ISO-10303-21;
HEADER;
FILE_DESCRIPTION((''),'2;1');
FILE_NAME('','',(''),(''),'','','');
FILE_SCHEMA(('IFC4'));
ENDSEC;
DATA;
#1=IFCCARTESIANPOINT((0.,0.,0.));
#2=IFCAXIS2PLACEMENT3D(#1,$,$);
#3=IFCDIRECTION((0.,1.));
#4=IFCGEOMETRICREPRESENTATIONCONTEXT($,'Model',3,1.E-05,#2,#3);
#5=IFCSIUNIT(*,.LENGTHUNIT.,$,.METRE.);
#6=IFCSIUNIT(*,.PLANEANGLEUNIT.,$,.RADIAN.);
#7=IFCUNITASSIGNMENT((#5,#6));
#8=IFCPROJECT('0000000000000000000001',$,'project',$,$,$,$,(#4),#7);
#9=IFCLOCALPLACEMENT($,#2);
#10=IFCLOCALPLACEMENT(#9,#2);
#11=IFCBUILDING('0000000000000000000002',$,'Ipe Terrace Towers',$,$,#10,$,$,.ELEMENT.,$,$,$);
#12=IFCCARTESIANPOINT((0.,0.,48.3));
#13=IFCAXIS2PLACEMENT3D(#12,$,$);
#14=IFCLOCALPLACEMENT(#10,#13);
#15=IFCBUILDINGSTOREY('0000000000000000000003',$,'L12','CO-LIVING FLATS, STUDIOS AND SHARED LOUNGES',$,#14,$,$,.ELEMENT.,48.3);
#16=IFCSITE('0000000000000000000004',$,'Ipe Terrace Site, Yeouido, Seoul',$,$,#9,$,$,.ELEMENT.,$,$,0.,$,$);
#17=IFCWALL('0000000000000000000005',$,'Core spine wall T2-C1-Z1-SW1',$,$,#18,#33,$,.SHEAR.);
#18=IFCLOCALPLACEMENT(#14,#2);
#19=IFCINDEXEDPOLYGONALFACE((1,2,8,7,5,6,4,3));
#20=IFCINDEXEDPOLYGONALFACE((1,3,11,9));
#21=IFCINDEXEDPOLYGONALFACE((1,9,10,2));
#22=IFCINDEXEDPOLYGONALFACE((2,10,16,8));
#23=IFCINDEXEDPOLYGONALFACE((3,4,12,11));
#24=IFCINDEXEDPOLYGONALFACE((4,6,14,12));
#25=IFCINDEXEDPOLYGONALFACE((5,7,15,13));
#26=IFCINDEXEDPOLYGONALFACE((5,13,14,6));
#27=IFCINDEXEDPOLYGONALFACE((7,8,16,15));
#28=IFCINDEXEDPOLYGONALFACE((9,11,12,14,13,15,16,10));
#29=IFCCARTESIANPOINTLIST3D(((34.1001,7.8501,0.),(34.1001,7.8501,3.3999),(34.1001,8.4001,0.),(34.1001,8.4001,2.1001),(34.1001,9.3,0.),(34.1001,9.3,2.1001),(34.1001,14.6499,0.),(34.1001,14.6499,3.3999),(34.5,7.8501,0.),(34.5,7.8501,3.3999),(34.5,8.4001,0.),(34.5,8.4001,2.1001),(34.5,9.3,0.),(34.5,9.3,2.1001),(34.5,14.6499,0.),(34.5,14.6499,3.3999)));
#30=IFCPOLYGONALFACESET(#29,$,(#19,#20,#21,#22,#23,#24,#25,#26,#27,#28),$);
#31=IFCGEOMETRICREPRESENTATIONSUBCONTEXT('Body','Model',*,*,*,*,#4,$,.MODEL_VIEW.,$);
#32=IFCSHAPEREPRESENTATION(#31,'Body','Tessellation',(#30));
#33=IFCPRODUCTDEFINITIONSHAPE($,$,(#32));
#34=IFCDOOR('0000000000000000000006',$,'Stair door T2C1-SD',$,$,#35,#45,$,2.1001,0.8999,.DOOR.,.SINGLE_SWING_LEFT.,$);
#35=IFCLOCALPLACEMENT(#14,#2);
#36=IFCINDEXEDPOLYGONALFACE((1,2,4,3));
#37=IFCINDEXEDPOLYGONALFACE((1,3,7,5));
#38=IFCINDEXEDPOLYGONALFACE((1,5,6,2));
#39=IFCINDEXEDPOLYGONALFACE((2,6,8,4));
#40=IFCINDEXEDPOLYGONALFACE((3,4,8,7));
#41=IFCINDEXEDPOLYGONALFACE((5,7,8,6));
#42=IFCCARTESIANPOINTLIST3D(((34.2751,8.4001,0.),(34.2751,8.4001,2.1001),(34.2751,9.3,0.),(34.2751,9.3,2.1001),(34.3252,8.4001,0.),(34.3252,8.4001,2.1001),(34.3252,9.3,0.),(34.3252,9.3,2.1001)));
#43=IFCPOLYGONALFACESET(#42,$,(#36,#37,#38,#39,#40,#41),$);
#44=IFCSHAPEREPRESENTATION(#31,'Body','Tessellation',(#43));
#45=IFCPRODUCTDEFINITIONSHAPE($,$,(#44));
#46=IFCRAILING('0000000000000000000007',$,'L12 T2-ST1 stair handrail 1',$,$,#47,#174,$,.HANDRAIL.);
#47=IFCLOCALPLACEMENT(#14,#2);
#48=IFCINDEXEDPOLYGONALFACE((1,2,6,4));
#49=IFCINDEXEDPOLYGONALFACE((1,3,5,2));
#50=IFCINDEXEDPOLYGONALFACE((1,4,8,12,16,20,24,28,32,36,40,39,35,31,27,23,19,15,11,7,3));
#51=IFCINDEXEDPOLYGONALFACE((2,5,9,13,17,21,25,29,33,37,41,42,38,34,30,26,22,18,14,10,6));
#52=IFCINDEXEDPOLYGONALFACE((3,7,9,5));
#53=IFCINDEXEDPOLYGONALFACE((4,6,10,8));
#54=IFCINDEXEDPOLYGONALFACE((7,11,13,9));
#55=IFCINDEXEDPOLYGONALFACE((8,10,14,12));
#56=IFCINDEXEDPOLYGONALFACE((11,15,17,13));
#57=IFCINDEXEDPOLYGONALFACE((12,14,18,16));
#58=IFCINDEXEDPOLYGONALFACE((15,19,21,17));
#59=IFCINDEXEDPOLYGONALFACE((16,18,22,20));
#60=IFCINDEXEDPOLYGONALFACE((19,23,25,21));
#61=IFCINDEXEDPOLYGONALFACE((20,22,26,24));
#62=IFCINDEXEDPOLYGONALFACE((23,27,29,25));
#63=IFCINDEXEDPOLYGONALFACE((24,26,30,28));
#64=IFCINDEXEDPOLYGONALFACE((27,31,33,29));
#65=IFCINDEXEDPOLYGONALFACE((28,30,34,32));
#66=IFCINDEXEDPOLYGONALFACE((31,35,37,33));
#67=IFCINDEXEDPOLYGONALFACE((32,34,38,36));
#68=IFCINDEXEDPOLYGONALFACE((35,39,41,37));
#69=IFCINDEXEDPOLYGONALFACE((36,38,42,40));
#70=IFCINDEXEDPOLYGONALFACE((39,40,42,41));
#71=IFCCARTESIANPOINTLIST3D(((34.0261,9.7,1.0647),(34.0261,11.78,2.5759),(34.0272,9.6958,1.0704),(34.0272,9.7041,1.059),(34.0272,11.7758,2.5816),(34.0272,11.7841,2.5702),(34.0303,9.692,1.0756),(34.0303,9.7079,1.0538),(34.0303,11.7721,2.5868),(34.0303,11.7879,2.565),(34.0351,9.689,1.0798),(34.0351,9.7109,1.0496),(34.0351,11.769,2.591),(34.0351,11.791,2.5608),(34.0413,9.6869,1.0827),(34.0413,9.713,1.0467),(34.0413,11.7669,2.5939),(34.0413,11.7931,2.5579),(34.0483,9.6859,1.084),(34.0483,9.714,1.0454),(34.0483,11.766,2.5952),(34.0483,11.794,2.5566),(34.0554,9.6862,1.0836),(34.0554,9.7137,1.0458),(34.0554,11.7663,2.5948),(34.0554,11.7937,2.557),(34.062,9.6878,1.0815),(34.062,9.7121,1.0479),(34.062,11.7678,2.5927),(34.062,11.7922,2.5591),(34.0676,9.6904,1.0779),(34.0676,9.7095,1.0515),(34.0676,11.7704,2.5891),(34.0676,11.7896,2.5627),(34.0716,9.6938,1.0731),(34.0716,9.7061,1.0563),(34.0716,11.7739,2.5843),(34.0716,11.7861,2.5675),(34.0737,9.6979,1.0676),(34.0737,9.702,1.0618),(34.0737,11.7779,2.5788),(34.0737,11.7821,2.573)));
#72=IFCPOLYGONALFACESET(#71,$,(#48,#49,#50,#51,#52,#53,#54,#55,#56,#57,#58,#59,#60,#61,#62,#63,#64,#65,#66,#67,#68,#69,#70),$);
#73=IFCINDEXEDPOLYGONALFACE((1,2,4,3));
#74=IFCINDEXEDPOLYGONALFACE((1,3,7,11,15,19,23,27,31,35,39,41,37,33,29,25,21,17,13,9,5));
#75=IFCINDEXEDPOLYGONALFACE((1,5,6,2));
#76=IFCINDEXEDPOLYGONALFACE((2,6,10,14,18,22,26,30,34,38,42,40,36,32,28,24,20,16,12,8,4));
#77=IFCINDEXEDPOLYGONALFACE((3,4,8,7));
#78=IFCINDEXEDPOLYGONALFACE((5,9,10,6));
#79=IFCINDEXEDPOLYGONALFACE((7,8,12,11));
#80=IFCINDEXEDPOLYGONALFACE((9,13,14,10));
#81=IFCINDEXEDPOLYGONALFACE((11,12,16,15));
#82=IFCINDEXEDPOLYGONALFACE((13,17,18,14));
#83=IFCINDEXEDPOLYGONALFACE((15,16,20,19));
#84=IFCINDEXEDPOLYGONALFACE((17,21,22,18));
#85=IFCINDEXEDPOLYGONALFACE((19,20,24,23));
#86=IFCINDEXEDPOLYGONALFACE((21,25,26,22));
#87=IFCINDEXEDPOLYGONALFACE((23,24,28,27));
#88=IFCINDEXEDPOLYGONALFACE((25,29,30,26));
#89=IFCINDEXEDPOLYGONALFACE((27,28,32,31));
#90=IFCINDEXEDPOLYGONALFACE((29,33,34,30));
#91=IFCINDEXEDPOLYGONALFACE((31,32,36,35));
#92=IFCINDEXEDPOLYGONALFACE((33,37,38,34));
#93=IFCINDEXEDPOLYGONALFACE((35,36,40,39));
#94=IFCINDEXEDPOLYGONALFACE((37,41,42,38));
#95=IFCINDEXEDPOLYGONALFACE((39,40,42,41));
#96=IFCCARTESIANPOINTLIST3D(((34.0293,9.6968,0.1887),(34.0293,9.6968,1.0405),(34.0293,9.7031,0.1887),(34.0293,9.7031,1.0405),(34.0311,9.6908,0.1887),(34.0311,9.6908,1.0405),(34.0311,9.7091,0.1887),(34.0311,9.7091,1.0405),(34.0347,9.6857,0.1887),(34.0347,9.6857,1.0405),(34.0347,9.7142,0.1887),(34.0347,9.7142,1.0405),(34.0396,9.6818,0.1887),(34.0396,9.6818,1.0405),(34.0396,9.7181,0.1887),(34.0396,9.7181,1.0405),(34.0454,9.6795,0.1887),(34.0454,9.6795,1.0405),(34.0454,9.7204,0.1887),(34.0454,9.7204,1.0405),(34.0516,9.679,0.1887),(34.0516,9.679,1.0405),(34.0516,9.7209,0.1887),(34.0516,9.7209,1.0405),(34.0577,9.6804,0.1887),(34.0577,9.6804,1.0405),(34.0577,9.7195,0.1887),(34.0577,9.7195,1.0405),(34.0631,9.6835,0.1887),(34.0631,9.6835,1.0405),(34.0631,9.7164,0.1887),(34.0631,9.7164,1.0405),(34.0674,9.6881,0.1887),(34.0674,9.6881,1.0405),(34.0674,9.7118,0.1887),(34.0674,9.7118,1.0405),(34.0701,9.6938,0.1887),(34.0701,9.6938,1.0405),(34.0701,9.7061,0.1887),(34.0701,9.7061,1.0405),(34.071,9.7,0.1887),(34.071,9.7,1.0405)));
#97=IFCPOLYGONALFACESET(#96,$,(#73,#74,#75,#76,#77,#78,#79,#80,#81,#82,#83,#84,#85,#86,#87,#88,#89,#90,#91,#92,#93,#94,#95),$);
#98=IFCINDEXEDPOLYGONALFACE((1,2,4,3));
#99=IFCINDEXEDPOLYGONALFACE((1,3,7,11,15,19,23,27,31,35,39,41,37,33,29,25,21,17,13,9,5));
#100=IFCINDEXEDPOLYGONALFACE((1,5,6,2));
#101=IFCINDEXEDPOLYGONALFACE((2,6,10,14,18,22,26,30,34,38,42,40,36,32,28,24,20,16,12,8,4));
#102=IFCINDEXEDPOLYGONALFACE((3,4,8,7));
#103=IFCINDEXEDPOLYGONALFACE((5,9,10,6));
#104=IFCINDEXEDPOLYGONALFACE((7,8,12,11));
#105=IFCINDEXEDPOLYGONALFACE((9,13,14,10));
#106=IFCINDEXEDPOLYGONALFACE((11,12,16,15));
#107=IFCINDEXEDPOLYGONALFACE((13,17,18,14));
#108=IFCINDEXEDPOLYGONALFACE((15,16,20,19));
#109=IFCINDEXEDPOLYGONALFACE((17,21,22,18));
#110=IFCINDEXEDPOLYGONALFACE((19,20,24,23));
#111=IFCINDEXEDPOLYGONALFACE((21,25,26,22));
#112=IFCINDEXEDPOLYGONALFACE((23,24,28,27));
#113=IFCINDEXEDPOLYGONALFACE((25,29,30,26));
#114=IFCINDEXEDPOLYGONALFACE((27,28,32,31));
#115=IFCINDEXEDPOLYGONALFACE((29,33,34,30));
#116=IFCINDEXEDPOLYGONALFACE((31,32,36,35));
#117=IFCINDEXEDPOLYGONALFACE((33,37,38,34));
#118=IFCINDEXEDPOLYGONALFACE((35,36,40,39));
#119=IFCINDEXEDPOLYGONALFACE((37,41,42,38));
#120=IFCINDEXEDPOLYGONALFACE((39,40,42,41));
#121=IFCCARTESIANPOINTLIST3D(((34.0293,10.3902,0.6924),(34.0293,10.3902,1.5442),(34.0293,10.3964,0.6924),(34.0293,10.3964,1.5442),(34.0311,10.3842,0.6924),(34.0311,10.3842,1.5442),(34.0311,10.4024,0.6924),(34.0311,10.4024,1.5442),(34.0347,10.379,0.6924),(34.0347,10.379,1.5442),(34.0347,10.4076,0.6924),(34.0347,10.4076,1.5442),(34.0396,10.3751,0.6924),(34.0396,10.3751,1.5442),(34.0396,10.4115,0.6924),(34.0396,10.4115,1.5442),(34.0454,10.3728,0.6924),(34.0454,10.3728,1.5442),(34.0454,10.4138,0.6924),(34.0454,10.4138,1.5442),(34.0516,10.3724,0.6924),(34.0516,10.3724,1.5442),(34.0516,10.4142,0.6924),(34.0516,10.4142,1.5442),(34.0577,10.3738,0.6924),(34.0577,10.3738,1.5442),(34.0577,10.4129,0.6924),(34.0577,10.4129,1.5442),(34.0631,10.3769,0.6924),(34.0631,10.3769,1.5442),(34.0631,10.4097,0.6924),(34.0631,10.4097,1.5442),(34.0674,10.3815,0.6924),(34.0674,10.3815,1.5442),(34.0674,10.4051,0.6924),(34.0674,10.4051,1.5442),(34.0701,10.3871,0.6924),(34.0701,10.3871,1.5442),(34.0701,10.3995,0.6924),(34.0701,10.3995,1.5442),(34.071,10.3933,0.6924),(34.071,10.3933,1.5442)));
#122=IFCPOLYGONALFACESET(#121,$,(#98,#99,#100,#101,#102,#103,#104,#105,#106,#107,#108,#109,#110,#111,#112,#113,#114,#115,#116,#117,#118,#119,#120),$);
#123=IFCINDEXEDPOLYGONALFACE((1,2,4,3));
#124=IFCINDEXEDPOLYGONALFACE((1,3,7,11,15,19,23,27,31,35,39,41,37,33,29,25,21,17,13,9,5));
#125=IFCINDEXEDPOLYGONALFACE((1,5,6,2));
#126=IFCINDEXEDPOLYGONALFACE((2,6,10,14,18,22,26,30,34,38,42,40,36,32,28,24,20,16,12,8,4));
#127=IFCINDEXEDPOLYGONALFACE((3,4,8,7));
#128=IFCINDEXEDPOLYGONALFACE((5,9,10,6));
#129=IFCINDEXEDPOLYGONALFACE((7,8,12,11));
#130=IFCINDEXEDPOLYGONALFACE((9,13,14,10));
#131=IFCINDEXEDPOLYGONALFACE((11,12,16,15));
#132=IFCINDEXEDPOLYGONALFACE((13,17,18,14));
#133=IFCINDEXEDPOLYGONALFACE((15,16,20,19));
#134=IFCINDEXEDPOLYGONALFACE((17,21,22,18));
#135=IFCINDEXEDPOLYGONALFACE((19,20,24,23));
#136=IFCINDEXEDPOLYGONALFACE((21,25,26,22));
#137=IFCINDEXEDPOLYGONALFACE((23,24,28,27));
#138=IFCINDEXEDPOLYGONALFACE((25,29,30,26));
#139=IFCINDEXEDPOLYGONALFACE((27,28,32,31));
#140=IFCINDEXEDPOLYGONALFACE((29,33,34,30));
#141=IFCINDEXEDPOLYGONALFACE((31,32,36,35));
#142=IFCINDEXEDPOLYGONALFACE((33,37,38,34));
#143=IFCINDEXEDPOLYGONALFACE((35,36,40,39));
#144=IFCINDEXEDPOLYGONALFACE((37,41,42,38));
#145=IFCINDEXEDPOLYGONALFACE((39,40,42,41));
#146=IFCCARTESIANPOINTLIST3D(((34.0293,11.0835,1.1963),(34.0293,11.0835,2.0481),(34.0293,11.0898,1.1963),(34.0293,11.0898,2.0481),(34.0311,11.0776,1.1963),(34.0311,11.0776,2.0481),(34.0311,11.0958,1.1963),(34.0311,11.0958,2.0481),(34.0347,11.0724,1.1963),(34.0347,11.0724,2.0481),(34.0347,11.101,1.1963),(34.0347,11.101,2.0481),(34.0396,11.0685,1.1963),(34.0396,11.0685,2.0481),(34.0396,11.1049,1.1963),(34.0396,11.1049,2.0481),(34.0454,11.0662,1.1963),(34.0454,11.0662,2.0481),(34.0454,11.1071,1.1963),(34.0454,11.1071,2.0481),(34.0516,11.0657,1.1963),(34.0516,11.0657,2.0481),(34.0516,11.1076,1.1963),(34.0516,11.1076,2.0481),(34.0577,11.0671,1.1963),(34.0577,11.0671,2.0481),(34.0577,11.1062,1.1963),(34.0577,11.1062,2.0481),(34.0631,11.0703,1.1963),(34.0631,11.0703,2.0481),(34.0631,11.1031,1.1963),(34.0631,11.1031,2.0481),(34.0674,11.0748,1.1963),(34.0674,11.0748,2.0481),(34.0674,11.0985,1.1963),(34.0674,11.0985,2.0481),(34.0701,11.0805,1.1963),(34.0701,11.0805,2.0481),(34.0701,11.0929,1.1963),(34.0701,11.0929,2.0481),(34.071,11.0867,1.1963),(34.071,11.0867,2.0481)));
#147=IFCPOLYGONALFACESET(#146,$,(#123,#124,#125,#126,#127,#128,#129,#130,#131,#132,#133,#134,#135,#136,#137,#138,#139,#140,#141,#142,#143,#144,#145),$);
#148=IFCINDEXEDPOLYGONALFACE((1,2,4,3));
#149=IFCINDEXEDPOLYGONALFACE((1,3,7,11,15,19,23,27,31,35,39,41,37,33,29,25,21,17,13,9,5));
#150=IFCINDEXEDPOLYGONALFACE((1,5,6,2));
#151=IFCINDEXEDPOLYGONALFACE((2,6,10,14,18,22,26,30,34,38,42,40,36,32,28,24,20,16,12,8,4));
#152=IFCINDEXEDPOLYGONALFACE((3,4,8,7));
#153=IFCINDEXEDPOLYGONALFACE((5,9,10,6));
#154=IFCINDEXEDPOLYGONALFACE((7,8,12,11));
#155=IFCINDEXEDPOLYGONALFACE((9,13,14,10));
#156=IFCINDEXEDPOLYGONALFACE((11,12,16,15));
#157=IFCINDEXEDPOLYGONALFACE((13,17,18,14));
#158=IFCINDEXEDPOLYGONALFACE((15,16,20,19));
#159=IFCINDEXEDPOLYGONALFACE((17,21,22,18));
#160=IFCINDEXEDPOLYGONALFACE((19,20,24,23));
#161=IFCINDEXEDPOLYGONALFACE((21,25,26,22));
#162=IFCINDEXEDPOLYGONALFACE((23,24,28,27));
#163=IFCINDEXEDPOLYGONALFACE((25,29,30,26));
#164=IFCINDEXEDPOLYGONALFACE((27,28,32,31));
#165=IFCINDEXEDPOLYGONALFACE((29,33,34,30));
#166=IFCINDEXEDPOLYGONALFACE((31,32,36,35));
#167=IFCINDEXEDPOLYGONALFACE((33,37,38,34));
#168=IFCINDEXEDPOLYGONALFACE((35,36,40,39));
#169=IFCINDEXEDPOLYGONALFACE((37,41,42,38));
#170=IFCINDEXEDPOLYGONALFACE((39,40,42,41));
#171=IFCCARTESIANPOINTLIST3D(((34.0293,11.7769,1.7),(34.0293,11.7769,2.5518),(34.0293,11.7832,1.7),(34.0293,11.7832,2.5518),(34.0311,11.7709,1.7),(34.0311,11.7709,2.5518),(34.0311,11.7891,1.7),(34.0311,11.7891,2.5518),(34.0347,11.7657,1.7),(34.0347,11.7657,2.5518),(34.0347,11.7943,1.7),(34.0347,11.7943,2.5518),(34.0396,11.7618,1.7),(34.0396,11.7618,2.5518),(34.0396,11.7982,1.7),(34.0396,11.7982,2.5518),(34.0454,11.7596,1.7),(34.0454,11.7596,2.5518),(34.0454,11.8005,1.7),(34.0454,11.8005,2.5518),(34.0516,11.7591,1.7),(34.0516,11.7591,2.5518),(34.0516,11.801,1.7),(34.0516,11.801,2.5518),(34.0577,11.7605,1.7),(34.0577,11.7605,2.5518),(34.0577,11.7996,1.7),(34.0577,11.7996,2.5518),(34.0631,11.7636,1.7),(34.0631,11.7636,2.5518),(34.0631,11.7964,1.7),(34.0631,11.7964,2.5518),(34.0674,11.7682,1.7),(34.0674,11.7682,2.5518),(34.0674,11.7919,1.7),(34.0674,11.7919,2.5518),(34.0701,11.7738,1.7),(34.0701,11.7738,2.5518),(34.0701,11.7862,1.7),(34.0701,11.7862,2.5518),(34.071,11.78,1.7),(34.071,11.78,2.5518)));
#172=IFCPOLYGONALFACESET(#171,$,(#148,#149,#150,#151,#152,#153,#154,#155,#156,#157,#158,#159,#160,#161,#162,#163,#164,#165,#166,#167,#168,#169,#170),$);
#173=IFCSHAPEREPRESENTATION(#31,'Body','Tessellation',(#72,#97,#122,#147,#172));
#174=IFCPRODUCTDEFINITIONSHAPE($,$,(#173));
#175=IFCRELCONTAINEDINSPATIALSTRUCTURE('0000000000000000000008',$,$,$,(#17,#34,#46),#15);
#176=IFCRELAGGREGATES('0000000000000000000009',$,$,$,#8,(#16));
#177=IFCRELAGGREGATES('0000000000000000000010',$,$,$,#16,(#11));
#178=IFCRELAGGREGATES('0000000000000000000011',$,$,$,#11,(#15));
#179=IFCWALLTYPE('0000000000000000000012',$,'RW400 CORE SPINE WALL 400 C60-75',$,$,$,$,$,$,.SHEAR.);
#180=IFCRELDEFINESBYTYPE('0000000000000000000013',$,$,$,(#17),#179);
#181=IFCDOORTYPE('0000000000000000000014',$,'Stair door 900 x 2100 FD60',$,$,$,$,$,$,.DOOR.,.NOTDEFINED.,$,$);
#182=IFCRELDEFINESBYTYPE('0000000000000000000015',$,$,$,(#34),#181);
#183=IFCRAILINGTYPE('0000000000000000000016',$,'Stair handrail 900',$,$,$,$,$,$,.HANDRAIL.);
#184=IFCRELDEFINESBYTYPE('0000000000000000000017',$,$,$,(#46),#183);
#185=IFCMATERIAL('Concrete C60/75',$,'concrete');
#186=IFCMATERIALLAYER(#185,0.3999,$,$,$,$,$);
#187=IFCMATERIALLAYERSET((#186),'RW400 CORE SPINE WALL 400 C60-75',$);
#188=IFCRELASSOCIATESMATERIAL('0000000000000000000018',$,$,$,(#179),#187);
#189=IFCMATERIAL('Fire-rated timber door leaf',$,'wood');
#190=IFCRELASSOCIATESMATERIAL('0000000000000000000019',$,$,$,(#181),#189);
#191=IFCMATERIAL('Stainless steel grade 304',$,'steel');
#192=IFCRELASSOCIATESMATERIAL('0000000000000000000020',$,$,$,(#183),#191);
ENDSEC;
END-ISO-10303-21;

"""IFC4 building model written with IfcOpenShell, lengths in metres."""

from ifc_helpers import new_model, si_unit, direction, frame, frame_2d, origin, origin_2d, place, context, subcontext, project, spatial, rectangle, circle, extrude, material, layer, layer_set, type_object, element, fill, save


model = new_model("IFC4")

# Units and contexts
model_context = context("Model", 3, precision=1e-05, world=origin(), true_north=direction((0.0, 1.0)))
body_context = subcontext(model_context, "Body", "Model", "MODEL_VIEW")
ifc_project = project(units=[si_unit("LENGTHUNIT", "METRE"), si_unit("PLANEANGLEUNIT", "RADIAN")], contexts=[model_context])

# Site, building, storey
site_placement = place(None, origin())
site = spatial("IfcSite", under=ifc_project, at=site_placement, Name="Ipe Terrace Site, Yeouido, Seoul", CompositionType="ELEMENT", RefElevation=0.0)
building_placement = place(site_placement, origin())
building = spatial("IfcBuilding", under=site, at=building_placement, Name="Ipe Terrace Towers", CompositionType="ELEMENT")
storey_placement = place(building_placement, frame((0.0, 0.0, 48.3)))
storey = spatial("IfcBuildingStorey", under=building, at=storey_placement, Name="L12", Description="CO-LIVING FLATS, STUDIOS AND SHARED LOUNGES", CompositionType="ELEMENT", Elevation=48.3)

# Wall, opening, door
ifc_material_1 = material(Name="Concrete C60/75", Category="concrete")
ifc_layer_1 = layer(ifc_material_1, 0.3999)
ifc_layer_set_1 = layer_set([ifc_layer_1], Name="RW400 CORE SPINE WALL 400 C60-75")
wall_type_1 = type_object("IfcWallType", Name="RW400 CORE SPINE WALL 400 C60-75", PredefinedType="SHEAR", material=ifc_layer_set_1)
wall_1_placement = place(storey_placement, frame((34.3, 7.8501, 0.0), z_axis=(0.0, 0.0, 1.0), x_axis=(0.0, 1.0, 0.0)))
wall_1 = element("IfcWall", 1, at=wall_1_placement, inside=storey, type_object=wall_type_1, Name="Core spine wall T2-C1-Z1-SW1", PredefinedType="SHEAR", context=body_context, shape_type="SweptSolid", body=[
    extrude(rectangle(XDim=6.7998, YDim=0.3999, at=frame_2d((3.3999, 0.0))), origin(), (0.0, 0.0, 1.0), 3.3999),
])
opening_1_placement = place(wall_1_placement, frame((0.55, 0.0, 0.0)))
opening_1 = element("IfcOpeningElement", 2, at=opening_1_placement, cuts=wall_1, PredefinedType="OPENING", context=body_context, shape_type="SweptSolid", body=[
    extrude(rectangle(XDim=0.8999, YDim=2.1001, at=frame_2d((0.45, 1.05))), frame((0.0, 0.21, 0.0), z_axis=(0.0, -1.0, 0.0), x_axis=(1.0, 0.0, 0.0)), (0.0, 0.0, 1.0), 0.4199),
])
ifc_material_2 = material(Name="Fire-rated timber door leaf", Category="wood")
door_type_1 = type_object("IfcDoorType", Name="Stair door 900 x 2100 FD60", OperationType="NOTDEFINED", PredefinedType="DOOR", material=ifc_material_2)
door_1_placement = place(opening_1_placement, origin())
door_1 = element("IfcDoor", 3, at=door_1_placement, inside=storey, type_object=door_type_1, Name="Stair door T2C1-SD", OperationType="SINGLE_SWING_LEFT", OverallHeight=2.1001, OverallWidth=0.8999, PredefinedType="DOOR", context=body_context, shape_type="SweptSolid", body=[
    extrude(rectangle(XDim=0.8999, YDim=2.1001, at=frame_2d((0.45, 1.05))), frame((0.0, 0.0249, 0.0), z_axis=(0.0, -1.0, 0.0), x_axis=(1.0, 0.0, 0.0)), (0.0, 0.0, 1.0), 0.05),
])
fill(opening_1, door_1)

# Railing
ifc_material_3 = material(Name="Stainless steel grade 304", Category="steel")
railing_type_1 = type_object("IfcRailingType", Name="Stair handrail 900", PredefinedType="HANDRAIL", material=ifc_material_3)
railing_1_placement = place(storey_placement, frame((34.05, 9.7, 0.1887)))
element("IfcRailing", 4, at=railing_1_placement, inside=storey, type_object=railing_type_1, Name="L12 T2-ST1 stair handrail 1", PredefinedType="HANDRAIL", context=body_context, shape_type="SweptSolid", body=[
    extrude(circle(Radius=0.0239, at=origin_2d()), frame((0.0, 0.0, 0.876), z_axis=(0.0, 0.809023, 0.587776), x_axis=(-1.0, 0.0, 0.0)), (0.0, 0.0, 1.0), 2.571),
    extrude(circle(Radius=0.021, at=origin_2d()), origin(), (0.0, 0.0, 1.0), 0.8518),
    extrude(circle(Radius=0.021, at=origin_2d()), frame((0.0, 0.6934, 0.5037)), (0.0, 0.0, 1.0), 0.8518),
    extrude(circle(Radius=0.021, at=origin_2d()), frame((0.0, 1.3867, 1.0076)), (0.0, 0.0, 1.0), 0.8518),
    extrude(circle(Radius=0.021, at=origin_2d()), frame((0.0, 2.0801, 1.5112)), (0.0, 0.0, 1.0), 0.8518),
])

save(model, "model.ifc")
